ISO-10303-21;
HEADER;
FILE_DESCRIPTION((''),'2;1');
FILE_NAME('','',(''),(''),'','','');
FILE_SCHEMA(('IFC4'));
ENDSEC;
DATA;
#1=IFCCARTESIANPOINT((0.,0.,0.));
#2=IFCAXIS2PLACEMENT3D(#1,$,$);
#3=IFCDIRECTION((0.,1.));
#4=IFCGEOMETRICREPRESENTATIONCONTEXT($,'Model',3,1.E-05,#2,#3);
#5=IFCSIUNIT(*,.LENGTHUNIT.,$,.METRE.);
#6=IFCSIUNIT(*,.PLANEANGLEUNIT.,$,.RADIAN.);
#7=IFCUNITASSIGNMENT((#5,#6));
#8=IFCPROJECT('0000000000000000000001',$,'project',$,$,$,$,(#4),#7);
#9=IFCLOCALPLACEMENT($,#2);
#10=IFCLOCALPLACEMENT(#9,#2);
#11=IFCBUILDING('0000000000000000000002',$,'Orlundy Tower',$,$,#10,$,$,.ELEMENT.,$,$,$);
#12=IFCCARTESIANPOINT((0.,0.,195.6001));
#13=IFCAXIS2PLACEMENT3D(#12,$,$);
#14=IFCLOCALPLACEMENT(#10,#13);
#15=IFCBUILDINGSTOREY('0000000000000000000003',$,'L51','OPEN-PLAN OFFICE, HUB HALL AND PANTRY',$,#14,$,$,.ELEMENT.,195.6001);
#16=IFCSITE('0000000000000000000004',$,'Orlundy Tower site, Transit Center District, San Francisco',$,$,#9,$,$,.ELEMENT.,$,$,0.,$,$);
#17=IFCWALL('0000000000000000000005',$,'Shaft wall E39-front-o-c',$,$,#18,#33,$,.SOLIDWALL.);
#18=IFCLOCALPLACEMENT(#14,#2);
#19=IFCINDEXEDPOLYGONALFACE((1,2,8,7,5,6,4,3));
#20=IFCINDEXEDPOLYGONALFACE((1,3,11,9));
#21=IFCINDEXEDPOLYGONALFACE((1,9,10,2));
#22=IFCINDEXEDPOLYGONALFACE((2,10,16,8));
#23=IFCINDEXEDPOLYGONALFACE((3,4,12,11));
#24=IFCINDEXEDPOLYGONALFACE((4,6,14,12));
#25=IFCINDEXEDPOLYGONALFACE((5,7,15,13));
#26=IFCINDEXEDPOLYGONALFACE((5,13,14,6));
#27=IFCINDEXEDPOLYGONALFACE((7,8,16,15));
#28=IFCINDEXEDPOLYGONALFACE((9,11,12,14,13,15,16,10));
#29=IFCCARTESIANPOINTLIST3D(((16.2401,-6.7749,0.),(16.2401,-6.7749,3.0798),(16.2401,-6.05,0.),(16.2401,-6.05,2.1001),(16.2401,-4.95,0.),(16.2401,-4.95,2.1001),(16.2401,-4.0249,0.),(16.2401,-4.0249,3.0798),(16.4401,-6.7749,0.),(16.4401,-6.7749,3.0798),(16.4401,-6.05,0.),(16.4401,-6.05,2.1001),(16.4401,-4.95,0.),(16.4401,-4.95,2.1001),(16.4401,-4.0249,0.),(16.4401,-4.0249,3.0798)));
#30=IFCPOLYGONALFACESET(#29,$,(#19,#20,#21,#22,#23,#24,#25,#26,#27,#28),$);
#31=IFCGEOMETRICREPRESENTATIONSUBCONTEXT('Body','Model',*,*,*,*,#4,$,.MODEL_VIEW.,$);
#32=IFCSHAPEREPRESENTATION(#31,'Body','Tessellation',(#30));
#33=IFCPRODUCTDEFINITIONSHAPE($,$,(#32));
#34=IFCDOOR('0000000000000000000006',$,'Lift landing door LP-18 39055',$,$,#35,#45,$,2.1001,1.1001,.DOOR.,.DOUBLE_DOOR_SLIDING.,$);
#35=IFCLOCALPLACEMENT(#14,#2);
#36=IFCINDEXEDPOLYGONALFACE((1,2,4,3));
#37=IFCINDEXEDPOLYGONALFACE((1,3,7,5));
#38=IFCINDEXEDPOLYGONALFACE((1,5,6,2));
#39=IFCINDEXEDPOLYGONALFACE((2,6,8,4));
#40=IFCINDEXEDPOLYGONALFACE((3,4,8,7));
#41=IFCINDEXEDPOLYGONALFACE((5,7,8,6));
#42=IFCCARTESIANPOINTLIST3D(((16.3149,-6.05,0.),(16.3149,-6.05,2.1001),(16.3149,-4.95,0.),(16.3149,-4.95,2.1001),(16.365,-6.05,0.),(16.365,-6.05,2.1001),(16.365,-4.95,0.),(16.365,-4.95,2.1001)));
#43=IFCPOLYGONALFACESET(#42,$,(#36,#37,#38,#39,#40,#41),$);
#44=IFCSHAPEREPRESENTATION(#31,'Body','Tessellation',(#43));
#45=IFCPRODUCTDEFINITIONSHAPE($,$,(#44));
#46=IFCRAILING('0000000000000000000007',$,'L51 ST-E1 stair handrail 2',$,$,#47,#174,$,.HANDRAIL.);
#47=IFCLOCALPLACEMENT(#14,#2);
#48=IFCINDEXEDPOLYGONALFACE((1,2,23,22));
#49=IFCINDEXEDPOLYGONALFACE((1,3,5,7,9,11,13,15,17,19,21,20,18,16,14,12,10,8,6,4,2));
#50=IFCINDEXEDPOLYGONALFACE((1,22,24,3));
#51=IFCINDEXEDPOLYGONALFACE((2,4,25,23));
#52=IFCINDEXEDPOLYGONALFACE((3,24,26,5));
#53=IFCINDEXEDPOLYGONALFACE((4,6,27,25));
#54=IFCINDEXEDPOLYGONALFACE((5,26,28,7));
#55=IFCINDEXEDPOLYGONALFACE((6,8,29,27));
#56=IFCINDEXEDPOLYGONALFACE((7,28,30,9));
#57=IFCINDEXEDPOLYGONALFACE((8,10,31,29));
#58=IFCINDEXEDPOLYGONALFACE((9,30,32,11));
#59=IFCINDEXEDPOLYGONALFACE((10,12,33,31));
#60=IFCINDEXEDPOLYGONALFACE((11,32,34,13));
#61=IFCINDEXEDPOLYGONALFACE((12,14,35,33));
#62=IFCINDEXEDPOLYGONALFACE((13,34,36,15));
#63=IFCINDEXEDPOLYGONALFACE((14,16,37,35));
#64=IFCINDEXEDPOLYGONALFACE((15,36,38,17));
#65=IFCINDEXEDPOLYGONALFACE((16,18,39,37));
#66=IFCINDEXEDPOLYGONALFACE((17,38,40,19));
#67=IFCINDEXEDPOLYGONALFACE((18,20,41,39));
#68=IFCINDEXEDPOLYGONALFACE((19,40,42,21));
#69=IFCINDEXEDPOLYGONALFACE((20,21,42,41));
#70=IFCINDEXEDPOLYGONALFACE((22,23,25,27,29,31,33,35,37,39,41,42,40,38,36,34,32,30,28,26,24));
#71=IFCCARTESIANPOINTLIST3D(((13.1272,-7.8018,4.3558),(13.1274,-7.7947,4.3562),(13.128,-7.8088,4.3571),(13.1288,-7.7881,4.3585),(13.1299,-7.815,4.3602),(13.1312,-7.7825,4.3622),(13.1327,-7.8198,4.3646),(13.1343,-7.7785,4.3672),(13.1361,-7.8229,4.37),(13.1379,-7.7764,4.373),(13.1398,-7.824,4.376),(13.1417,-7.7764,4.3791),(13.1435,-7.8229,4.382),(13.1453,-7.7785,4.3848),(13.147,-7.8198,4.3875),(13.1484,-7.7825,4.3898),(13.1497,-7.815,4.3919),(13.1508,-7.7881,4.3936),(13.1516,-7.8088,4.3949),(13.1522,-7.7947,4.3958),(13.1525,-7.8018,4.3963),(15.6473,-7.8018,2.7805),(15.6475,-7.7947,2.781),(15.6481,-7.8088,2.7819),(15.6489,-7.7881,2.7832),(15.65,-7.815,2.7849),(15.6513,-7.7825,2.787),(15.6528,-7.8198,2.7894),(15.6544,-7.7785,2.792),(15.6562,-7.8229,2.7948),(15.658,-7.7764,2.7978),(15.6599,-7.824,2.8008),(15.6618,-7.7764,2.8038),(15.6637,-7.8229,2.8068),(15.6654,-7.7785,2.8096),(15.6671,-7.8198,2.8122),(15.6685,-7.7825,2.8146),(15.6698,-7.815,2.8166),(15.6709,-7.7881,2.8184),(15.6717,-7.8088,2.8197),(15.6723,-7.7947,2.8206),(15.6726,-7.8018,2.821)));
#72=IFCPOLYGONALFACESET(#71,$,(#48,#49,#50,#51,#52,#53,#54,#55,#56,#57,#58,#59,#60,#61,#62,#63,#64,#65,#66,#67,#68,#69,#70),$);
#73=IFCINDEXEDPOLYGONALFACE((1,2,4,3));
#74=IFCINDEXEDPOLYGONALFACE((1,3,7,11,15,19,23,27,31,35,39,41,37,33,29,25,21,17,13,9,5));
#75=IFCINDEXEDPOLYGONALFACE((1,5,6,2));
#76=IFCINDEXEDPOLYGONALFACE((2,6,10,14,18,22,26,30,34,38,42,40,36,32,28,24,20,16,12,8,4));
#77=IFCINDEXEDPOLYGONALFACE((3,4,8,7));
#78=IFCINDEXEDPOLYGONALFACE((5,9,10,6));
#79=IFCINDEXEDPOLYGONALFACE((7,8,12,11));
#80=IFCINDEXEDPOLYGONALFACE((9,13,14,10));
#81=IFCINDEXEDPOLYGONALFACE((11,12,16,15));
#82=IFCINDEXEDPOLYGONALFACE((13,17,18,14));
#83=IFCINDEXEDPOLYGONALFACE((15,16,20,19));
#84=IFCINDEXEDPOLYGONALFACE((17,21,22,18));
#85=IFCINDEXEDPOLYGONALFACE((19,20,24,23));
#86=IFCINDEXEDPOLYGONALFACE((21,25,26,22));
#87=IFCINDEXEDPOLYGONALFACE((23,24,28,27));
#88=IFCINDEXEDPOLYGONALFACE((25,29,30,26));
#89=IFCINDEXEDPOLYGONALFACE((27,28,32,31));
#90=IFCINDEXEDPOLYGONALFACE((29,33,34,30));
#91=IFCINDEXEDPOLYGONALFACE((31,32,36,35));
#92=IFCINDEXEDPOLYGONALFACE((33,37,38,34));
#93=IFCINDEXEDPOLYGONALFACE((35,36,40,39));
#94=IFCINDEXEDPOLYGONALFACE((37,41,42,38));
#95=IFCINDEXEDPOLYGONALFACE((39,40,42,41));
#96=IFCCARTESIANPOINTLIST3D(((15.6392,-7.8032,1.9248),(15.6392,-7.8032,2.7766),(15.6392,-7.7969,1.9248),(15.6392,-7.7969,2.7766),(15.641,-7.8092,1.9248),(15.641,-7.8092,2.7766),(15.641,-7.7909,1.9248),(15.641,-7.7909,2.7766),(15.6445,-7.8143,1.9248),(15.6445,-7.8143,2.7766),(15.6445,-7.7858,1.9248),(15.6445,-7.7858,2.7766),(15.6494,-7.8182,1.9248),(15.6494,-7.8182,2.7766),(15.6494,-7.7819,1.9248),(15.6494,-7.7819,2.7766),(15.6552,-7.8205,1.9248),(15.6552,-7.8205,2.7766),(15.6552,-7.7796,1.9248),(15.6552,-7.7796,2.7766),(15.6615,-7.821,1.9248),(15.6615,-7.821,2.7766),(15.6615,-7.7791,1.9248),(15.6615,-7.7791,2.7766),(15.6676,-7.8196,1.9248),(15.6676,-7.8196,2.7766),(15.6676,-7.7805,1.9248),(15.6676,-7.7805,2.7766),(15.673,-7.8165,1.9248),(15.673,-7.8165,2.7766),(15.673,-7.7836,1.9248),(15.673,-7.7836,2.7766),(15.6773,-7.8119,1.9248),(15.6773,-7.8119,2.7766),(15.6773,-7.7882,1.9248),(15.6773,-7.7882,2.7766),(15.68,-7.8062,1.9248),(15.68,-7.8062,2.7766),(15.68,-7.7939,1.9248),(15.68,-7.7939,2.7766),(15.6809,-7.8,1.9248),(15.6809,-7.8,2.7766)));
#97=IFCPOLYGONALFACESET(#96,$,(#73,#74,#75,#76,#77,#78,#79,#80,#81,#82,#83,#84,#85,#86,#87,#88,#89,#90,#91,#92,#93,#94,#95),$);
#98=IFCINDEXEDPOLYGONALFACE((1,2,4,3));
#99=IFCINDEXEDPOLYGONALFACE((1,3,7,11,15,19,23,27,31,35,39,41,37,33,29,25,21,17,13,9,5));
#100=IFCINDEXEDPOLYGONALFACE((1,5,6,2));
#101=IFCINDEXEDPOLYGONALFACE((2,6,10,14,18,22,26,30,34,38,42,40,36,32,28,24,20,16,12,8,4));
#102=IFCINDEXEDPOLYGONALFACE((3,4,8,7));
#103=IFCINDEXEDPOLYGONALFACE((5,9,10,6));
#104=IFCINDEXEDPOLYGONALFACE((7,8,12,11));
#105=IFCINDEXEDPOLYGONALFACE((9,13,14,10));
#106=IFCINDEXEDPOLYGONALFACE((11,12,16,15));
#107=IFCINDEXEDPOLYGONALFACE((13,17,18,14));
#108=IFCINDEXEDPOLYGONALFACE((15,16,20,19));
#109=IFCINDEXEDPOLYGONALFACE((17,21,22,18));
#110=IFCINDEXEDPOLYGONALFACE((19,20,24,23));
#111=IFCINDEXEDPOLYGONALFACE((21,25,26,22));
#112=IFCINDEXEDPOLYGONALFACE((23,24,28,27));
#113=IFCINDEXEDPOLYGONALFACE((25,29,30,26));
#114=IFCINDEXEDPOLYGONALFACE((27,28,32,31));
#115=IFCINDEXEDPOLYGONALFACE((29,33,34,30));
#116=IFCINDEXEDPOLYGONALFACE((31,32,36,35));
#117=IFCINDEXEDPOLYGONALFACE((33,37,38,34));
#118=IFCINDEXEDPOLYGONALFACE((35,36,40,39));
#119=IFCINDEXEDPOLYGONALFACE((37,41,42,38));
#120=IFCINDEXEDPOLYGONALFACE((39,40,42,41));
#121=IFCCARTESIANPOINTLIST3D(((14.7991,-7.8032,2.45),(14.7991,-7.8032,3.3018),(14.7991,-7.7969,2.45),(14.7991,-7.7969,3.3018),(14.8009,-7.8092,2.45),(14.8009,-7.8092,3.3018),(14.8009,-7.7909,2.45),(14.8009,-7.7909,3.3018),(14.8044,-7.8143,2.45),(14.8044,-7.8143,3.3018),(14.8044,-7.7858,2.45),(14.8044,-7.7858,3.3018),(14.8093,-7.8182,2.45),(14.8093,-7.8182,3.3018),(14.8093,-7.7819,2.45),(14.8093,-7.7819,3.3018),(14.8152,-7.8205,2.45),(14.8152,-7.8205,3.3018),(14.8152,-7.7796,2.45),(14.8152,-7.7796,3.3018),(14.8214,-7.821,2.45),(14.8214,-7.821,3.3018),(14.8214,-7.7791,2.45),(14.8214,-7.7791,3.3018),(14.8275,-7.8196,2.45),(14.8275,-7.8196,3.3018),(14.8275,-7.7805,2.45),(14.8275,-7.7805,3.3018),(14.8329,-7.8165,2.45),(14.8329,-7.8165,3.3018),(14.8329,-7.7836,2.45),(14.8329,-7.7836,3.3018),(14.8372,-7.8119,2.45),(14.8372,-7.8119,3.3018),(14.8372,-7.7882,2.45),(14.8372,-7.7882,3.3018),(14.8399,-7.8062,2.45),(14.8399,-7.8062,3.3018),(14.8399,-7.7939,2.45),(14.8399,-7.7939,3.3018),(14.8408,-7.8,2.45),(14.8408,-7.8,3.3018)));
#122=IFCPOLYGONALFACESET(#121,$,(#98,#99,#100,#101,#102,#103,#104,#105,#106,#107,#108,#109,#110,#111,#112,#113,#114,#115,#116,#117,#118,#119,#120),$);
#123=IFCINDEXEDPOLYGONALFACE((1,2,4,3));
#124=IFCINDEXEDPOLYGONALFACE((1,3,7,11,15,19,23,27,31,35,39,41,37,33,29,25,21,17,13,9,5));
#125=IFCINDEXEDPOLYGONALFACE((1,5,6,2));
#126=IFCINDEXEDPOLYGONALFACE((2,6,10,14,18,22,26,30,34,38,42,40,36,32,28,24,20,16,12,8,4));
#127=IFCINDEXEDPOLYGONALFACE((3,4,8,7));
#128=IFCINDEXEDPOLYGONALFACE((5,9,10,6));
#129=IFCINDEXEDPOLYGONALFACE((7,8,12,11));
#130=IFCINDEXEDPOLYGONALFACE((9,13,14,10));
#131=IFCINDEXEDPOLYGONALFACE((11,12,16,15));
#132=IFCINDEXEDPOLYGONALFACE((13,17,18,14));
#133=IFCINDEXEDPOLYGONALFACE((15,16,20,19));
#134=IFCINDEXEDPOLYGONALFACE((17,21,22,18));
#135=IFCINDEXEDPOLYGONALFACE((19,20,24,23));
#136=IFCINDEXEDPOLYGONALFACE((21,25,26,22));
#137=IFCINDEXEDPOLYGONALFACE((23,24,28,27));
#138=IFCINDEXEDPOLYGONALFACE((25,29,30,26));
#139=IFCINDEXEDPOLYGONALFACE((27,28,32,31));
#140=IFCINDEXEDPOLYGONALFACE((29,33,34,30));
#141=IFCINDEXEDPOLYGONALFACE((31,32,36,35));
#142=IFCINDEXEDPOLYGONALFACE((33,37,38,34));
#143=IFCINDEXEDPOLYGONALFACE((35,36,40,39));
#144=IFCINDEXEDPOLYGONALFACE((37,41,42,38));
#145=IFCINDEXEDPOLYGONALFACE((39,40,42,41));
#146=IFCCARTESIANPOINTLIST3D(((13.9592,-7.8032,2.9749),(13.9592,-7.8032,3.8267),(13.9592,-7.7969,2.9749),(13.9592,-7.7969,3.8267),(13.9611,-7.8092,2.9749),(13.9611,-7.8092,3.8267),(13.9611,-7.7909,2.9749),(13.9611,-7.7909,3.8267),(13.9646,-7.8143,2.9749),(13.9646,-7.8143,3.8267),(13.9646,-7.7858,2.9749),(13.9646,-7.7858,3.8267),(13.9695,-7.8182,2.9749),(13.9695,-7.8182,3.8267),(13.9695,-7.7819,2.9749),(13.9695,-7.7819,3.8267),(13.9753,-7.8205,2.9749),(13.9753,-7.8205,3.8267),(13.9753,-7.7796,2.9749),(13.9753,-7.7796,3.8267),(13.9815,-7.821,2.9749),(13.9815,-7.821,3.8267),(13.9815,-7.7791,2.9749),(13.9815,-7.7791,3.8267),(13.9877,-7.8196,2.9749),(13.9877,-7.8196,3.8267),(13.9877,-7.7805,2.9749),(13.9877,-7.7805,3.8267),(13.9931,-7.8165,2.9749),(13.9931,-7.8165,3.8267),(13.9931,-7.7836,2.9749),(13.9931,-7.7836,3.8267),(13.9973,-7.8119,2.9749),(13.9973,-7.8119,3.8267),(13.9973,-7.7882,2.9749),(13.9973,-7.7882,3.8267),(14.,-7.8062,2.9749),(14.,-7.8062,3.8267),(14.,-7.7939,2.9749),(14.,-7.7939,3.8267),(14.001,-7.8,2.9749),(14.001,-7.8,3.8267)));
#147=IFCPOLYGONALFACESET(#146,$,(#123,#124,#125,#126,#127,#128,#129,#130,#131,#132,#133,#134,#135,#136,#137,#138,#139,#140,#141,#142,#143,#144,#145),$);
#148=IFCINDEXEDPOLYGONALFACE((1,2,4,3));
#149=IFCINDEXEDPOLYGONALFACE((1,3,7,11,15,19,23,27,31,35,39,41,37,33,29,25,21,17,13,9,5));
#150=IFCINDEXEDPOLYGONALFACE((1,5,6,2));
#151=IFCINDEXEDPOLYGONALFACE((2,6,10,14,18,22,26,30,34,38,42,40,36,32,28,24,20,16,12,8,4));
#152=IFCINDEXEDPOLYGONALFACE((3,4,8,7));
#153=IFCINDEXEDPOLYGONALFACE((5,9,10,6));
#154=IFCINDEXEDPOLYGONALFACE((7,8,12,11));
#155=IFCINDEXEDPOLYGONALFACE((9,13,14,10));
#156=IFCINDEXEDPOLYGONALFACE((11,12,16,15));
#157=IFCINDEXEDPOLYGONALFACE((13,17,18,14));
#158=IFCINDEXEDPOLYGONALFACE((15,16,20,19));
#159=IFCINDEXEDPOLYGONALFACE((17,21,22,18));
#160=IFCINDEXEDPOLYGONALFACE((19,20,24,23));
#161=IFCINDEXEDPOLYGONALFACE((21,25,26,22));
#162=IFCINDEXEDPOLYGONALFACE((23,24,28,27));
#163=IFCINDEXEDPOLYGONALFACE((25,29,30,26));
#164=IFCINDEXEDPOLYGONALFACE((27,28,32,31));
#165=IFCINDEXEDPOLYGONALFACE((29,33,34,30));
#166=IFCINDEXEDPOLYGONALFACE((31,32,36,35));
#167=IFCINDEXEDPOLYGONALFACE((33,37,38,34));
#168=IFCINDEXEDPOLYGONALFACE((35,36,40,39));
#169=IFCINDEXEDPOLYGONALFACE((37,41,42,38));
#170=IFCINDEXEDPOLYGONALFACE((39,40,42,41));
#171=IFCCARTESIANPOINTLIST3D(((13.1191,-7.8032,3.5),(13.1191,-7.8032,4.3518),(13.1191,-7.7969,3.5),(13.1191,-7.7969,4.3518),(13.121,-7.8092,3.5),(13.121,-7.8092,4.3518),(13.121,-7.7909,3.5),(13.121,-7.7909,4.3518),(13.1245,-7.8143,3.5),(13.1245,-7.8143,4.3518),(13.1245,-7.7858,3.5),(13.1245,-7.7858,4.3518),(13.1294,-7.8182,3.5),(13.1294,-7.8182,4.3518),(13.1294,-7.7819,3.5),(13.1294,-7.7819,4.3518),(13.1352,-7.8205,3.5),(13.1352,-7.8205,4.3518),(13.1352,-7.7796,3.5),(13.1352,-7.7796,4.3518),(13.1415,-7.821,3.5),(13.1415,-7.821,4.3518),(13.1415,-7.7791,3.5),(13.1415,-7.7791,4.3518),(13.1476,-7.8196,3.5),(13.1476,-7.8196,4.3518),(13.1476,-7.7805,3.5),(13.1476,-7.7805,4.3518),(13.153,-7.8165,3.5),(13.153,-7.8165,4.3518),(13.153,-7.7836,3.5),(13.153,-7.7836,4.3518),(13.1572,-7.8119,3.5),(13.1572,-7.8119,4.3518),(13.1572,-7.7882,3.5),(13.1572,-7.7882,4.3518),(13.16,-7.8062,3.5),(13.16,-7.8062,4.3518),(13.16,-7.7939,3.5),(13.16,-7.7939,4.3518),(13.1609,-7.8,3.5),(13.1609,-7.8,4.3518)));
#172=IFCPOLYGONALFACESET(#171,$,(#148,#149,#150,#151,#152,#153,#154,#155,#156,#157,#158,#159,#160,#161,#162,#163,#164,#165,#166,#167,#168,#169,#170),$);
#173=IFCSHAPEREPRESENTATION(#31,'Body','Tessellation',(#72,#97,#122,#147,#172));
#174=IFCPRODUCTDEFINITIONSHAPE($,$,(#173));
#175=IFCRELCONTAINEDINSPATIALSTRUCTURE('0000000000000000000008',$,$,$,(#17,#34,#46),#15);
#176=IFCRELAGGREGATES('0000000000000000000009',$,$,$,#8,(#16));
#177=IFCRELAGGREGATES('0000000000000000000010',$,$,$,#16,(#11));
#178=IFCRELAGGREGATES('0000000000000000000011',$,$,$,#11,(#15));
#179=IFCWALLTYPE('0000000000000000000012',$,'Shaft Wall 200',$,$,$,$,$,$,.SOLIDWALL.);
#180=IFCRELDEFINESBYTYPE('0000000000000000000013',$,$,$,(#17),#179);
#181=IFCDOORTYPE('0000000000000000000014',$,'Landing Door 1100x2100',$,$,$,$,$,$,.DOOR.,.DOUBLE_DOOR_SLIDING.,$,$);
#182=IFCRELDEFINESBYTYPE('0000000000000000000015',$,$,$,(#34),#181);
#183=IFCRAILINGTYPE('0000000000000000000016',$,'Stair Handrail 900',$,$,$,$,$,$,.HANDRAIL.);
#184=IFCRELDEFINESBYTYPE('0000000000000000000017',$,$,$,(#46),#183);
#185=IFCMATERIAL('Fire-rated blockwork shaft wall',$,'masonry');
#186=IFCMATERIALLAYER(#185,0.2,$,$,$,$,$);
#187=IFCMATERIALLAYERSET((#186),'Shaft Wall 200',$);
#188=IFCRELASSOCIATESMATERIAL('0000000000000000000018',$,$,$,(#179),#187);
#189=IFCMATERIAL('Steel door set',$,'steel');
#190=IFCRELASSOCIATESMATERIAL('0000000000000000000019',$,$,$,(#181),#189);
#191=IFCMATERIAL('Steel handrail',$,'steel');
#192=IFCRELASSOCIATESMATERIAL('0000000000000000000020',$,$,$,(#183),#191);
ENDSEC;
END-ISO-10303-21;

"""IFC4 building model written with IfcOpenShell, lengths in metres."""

from ifc_helpers import new_model, si_unit, direction, frame, frame_2d, origin, origin_2d, place, context, subcontext, project, spatial, rectangle, circle, extrude, material, layer, layer_set, type_object, element, fill, save


model = new_model("IFC4")

# Units and contexts
model_context = context("Model", 3, precision=1e-05, world=origin(), true_north=direction((0.0, 1.0)))
body_context = subcontext(model_context, "Body", "Model", "MODEL_VIEW")
ifc_project = project(units=[si_unit("LENGTHUNIT", "METRE"), si_unit("PLANEANGLEUNIT", "RADIAN")], contexts=[model_context])

# Site, building, storey
site_placement = place(None, origin())
site = spatial("IfcSite", under=ifc_project, at=site_placement, Name="Orlundy Tower site, Transit Center District, San Francisco", CompositionType="ELEMENT", RefElevation=0.0)
building_placement = place(site_placement, origin())
building = spatial("IfcBuilding", under=site, at=building_placement, Name="Orlundy Tower", CompositionType="ELEMENT")
storey_placement = place(building_placement, frame((0.0, 0.0, 195.6001)))
storey = spatial("IfcBuildingStorey", under=building, at=storey_placement, Name="L51", Description="OPEN-PLAN OFFICE, HUB HALL AND PANTRY", CompositionType="ELEMENT", Elevation=195.6001)

# Shared definitions
ifc_material_1 = material(Name="Fire-rated blockwork shaft wall", Category="masonry")
ifc_layer_1 = layer(ifc_material_1, 0.2)
ifc_layer_set_1 = layer_set([ifc_layer_1], Name="Shaft Wall 200")
wall_type_1 = type_object("IfcWallType", Name="Shaft Wall 200", PredefinedType="SOLIDWALL", material=ifc_layer_set_1)
ifc_material_2 = material(Name="Steel door set", Category="steel")
door_type = type_object("IfcDoorType", Name="Landing Door 1100x2100", OperationType="DOUBLE_DOOR_SLIDING", PredefinedType="DOOR", material=ifc_material_2)

# Wall, opening, door
wall_1_placement = place(storey_placement, frame((16.3401, -4.0249, 0.0), z_axis=(0.0, 0.0, 1.0), x_axis=(0.0, -1.0, 0.0)))
wall_1 = element("IfcWall", 1, at=wall_1_placement, inside=storey, type_object=wall_type_1, Name="Shaft wall E39-front-o-c", PredefinedType="SOLIDWALL", context=body_context, shape_type="SweptSolid", body=[
    extrude(rectangle(XDim=2.75, YDim=0.2, at=frame_2d((1.375, 0.0))), origin(), (0.0, 0.0, 1.0), 3.0798),
])
opening_1_placement = place(wall_1_placement, frame((0.925, 0.0, 0.0)))
opening_1 = element("IfcOpeningElement", 2, at=opening_1_placement, cuts=wall_1, PredefinedType="OPENING", context=body_context, shape_type="SweptSolid", body=[
    extrude(rectangle(XDim=1.1001, YDim=2.1001, at=frame_2d((0.55, 1.05))), frame((0.0, 0.1101, 0.0), z_axis=(0.0, -1.0, 0.0), x_axis=(1.0, 0.0, 0.0)), (0.0, 0.0, 1.0), 0.2202),
])
door_1_placement = place(opening_1_placement, origin())
door_1 = element("IfcDoor", 3, at=door_1_placement, inside=storey, type_object=door_type, Name="Lift landing door LP-18 39055", OperationType="DOUBLE_DOOR_SLIDING", OverallHeight=2.1001, OverallWidth=1.1001, PredefinedType="DOOR", context=body_context, shape_type="SweptSolid", body=[
    extrude(rectangle(XDim=1.1001, YDim=2.1001, at=frame_2d((0.55, 1.05))), frame((0.0, 0.0249, 0.0), z_axis=(0.0, -1.0, 0.0), x_axis=(1.0, 0.0, 0.0)), (0.0, 0.0, 1.0), 0.05),
])
fill(opening_1, door_1)

# Railing
ifc_material_3 = material(Name="Steel handrail", Category="steel")
railing_type = type_object("IfcRailingType", Name="Stair Handrail 900", PredefinedType="HANDRAIL", material=ifc_material_3)
railing_placement = place(storey_placement, frame((15.6599, -7.8, 1.9248)))
element("IfcRailing", 4, at=railing_placement, inside=storey, type_object=railing_type, Name="L51 ST-E1 stair handrail 2", PredefinedType="HANDRAIL", context=body_context, shape_type="SweptSolid", body=[
    extrude(circle(Radius=0.0239, at=origin_2d()), frame((0.0, 0.0, 0.876), z_axis=(-0.847971, 0.0, 0.530043), x_axis=(0.0, -1.0, 0.0)), (0.0, 0.0, 1.0), 2.9719),
    extrude(circle(Radius=0.021, at=origin_2d()), origin(), (0.0, 0.0, 1.0), 0.8518),
    extrude(circle(Radius=0.021, at=origin_2d()), frame((-0.8401, 0.0, 0.5251)), (0.0, 0.0, 1.0), 0.8518),
    extrude(circle(Radius=0.021, at=origin_2d()), frame((-1.6799, 0.0, 1.05)), (0.0, 0.0, 1.0), 0.8518),
    extrude(circle(Radius=0.021, at=origin_2d()), frame((-2.52, 0.0, 1.5752)), (0.0, 0.0, 1.0), 0.8518),
])

save(model, "model.ifc")
